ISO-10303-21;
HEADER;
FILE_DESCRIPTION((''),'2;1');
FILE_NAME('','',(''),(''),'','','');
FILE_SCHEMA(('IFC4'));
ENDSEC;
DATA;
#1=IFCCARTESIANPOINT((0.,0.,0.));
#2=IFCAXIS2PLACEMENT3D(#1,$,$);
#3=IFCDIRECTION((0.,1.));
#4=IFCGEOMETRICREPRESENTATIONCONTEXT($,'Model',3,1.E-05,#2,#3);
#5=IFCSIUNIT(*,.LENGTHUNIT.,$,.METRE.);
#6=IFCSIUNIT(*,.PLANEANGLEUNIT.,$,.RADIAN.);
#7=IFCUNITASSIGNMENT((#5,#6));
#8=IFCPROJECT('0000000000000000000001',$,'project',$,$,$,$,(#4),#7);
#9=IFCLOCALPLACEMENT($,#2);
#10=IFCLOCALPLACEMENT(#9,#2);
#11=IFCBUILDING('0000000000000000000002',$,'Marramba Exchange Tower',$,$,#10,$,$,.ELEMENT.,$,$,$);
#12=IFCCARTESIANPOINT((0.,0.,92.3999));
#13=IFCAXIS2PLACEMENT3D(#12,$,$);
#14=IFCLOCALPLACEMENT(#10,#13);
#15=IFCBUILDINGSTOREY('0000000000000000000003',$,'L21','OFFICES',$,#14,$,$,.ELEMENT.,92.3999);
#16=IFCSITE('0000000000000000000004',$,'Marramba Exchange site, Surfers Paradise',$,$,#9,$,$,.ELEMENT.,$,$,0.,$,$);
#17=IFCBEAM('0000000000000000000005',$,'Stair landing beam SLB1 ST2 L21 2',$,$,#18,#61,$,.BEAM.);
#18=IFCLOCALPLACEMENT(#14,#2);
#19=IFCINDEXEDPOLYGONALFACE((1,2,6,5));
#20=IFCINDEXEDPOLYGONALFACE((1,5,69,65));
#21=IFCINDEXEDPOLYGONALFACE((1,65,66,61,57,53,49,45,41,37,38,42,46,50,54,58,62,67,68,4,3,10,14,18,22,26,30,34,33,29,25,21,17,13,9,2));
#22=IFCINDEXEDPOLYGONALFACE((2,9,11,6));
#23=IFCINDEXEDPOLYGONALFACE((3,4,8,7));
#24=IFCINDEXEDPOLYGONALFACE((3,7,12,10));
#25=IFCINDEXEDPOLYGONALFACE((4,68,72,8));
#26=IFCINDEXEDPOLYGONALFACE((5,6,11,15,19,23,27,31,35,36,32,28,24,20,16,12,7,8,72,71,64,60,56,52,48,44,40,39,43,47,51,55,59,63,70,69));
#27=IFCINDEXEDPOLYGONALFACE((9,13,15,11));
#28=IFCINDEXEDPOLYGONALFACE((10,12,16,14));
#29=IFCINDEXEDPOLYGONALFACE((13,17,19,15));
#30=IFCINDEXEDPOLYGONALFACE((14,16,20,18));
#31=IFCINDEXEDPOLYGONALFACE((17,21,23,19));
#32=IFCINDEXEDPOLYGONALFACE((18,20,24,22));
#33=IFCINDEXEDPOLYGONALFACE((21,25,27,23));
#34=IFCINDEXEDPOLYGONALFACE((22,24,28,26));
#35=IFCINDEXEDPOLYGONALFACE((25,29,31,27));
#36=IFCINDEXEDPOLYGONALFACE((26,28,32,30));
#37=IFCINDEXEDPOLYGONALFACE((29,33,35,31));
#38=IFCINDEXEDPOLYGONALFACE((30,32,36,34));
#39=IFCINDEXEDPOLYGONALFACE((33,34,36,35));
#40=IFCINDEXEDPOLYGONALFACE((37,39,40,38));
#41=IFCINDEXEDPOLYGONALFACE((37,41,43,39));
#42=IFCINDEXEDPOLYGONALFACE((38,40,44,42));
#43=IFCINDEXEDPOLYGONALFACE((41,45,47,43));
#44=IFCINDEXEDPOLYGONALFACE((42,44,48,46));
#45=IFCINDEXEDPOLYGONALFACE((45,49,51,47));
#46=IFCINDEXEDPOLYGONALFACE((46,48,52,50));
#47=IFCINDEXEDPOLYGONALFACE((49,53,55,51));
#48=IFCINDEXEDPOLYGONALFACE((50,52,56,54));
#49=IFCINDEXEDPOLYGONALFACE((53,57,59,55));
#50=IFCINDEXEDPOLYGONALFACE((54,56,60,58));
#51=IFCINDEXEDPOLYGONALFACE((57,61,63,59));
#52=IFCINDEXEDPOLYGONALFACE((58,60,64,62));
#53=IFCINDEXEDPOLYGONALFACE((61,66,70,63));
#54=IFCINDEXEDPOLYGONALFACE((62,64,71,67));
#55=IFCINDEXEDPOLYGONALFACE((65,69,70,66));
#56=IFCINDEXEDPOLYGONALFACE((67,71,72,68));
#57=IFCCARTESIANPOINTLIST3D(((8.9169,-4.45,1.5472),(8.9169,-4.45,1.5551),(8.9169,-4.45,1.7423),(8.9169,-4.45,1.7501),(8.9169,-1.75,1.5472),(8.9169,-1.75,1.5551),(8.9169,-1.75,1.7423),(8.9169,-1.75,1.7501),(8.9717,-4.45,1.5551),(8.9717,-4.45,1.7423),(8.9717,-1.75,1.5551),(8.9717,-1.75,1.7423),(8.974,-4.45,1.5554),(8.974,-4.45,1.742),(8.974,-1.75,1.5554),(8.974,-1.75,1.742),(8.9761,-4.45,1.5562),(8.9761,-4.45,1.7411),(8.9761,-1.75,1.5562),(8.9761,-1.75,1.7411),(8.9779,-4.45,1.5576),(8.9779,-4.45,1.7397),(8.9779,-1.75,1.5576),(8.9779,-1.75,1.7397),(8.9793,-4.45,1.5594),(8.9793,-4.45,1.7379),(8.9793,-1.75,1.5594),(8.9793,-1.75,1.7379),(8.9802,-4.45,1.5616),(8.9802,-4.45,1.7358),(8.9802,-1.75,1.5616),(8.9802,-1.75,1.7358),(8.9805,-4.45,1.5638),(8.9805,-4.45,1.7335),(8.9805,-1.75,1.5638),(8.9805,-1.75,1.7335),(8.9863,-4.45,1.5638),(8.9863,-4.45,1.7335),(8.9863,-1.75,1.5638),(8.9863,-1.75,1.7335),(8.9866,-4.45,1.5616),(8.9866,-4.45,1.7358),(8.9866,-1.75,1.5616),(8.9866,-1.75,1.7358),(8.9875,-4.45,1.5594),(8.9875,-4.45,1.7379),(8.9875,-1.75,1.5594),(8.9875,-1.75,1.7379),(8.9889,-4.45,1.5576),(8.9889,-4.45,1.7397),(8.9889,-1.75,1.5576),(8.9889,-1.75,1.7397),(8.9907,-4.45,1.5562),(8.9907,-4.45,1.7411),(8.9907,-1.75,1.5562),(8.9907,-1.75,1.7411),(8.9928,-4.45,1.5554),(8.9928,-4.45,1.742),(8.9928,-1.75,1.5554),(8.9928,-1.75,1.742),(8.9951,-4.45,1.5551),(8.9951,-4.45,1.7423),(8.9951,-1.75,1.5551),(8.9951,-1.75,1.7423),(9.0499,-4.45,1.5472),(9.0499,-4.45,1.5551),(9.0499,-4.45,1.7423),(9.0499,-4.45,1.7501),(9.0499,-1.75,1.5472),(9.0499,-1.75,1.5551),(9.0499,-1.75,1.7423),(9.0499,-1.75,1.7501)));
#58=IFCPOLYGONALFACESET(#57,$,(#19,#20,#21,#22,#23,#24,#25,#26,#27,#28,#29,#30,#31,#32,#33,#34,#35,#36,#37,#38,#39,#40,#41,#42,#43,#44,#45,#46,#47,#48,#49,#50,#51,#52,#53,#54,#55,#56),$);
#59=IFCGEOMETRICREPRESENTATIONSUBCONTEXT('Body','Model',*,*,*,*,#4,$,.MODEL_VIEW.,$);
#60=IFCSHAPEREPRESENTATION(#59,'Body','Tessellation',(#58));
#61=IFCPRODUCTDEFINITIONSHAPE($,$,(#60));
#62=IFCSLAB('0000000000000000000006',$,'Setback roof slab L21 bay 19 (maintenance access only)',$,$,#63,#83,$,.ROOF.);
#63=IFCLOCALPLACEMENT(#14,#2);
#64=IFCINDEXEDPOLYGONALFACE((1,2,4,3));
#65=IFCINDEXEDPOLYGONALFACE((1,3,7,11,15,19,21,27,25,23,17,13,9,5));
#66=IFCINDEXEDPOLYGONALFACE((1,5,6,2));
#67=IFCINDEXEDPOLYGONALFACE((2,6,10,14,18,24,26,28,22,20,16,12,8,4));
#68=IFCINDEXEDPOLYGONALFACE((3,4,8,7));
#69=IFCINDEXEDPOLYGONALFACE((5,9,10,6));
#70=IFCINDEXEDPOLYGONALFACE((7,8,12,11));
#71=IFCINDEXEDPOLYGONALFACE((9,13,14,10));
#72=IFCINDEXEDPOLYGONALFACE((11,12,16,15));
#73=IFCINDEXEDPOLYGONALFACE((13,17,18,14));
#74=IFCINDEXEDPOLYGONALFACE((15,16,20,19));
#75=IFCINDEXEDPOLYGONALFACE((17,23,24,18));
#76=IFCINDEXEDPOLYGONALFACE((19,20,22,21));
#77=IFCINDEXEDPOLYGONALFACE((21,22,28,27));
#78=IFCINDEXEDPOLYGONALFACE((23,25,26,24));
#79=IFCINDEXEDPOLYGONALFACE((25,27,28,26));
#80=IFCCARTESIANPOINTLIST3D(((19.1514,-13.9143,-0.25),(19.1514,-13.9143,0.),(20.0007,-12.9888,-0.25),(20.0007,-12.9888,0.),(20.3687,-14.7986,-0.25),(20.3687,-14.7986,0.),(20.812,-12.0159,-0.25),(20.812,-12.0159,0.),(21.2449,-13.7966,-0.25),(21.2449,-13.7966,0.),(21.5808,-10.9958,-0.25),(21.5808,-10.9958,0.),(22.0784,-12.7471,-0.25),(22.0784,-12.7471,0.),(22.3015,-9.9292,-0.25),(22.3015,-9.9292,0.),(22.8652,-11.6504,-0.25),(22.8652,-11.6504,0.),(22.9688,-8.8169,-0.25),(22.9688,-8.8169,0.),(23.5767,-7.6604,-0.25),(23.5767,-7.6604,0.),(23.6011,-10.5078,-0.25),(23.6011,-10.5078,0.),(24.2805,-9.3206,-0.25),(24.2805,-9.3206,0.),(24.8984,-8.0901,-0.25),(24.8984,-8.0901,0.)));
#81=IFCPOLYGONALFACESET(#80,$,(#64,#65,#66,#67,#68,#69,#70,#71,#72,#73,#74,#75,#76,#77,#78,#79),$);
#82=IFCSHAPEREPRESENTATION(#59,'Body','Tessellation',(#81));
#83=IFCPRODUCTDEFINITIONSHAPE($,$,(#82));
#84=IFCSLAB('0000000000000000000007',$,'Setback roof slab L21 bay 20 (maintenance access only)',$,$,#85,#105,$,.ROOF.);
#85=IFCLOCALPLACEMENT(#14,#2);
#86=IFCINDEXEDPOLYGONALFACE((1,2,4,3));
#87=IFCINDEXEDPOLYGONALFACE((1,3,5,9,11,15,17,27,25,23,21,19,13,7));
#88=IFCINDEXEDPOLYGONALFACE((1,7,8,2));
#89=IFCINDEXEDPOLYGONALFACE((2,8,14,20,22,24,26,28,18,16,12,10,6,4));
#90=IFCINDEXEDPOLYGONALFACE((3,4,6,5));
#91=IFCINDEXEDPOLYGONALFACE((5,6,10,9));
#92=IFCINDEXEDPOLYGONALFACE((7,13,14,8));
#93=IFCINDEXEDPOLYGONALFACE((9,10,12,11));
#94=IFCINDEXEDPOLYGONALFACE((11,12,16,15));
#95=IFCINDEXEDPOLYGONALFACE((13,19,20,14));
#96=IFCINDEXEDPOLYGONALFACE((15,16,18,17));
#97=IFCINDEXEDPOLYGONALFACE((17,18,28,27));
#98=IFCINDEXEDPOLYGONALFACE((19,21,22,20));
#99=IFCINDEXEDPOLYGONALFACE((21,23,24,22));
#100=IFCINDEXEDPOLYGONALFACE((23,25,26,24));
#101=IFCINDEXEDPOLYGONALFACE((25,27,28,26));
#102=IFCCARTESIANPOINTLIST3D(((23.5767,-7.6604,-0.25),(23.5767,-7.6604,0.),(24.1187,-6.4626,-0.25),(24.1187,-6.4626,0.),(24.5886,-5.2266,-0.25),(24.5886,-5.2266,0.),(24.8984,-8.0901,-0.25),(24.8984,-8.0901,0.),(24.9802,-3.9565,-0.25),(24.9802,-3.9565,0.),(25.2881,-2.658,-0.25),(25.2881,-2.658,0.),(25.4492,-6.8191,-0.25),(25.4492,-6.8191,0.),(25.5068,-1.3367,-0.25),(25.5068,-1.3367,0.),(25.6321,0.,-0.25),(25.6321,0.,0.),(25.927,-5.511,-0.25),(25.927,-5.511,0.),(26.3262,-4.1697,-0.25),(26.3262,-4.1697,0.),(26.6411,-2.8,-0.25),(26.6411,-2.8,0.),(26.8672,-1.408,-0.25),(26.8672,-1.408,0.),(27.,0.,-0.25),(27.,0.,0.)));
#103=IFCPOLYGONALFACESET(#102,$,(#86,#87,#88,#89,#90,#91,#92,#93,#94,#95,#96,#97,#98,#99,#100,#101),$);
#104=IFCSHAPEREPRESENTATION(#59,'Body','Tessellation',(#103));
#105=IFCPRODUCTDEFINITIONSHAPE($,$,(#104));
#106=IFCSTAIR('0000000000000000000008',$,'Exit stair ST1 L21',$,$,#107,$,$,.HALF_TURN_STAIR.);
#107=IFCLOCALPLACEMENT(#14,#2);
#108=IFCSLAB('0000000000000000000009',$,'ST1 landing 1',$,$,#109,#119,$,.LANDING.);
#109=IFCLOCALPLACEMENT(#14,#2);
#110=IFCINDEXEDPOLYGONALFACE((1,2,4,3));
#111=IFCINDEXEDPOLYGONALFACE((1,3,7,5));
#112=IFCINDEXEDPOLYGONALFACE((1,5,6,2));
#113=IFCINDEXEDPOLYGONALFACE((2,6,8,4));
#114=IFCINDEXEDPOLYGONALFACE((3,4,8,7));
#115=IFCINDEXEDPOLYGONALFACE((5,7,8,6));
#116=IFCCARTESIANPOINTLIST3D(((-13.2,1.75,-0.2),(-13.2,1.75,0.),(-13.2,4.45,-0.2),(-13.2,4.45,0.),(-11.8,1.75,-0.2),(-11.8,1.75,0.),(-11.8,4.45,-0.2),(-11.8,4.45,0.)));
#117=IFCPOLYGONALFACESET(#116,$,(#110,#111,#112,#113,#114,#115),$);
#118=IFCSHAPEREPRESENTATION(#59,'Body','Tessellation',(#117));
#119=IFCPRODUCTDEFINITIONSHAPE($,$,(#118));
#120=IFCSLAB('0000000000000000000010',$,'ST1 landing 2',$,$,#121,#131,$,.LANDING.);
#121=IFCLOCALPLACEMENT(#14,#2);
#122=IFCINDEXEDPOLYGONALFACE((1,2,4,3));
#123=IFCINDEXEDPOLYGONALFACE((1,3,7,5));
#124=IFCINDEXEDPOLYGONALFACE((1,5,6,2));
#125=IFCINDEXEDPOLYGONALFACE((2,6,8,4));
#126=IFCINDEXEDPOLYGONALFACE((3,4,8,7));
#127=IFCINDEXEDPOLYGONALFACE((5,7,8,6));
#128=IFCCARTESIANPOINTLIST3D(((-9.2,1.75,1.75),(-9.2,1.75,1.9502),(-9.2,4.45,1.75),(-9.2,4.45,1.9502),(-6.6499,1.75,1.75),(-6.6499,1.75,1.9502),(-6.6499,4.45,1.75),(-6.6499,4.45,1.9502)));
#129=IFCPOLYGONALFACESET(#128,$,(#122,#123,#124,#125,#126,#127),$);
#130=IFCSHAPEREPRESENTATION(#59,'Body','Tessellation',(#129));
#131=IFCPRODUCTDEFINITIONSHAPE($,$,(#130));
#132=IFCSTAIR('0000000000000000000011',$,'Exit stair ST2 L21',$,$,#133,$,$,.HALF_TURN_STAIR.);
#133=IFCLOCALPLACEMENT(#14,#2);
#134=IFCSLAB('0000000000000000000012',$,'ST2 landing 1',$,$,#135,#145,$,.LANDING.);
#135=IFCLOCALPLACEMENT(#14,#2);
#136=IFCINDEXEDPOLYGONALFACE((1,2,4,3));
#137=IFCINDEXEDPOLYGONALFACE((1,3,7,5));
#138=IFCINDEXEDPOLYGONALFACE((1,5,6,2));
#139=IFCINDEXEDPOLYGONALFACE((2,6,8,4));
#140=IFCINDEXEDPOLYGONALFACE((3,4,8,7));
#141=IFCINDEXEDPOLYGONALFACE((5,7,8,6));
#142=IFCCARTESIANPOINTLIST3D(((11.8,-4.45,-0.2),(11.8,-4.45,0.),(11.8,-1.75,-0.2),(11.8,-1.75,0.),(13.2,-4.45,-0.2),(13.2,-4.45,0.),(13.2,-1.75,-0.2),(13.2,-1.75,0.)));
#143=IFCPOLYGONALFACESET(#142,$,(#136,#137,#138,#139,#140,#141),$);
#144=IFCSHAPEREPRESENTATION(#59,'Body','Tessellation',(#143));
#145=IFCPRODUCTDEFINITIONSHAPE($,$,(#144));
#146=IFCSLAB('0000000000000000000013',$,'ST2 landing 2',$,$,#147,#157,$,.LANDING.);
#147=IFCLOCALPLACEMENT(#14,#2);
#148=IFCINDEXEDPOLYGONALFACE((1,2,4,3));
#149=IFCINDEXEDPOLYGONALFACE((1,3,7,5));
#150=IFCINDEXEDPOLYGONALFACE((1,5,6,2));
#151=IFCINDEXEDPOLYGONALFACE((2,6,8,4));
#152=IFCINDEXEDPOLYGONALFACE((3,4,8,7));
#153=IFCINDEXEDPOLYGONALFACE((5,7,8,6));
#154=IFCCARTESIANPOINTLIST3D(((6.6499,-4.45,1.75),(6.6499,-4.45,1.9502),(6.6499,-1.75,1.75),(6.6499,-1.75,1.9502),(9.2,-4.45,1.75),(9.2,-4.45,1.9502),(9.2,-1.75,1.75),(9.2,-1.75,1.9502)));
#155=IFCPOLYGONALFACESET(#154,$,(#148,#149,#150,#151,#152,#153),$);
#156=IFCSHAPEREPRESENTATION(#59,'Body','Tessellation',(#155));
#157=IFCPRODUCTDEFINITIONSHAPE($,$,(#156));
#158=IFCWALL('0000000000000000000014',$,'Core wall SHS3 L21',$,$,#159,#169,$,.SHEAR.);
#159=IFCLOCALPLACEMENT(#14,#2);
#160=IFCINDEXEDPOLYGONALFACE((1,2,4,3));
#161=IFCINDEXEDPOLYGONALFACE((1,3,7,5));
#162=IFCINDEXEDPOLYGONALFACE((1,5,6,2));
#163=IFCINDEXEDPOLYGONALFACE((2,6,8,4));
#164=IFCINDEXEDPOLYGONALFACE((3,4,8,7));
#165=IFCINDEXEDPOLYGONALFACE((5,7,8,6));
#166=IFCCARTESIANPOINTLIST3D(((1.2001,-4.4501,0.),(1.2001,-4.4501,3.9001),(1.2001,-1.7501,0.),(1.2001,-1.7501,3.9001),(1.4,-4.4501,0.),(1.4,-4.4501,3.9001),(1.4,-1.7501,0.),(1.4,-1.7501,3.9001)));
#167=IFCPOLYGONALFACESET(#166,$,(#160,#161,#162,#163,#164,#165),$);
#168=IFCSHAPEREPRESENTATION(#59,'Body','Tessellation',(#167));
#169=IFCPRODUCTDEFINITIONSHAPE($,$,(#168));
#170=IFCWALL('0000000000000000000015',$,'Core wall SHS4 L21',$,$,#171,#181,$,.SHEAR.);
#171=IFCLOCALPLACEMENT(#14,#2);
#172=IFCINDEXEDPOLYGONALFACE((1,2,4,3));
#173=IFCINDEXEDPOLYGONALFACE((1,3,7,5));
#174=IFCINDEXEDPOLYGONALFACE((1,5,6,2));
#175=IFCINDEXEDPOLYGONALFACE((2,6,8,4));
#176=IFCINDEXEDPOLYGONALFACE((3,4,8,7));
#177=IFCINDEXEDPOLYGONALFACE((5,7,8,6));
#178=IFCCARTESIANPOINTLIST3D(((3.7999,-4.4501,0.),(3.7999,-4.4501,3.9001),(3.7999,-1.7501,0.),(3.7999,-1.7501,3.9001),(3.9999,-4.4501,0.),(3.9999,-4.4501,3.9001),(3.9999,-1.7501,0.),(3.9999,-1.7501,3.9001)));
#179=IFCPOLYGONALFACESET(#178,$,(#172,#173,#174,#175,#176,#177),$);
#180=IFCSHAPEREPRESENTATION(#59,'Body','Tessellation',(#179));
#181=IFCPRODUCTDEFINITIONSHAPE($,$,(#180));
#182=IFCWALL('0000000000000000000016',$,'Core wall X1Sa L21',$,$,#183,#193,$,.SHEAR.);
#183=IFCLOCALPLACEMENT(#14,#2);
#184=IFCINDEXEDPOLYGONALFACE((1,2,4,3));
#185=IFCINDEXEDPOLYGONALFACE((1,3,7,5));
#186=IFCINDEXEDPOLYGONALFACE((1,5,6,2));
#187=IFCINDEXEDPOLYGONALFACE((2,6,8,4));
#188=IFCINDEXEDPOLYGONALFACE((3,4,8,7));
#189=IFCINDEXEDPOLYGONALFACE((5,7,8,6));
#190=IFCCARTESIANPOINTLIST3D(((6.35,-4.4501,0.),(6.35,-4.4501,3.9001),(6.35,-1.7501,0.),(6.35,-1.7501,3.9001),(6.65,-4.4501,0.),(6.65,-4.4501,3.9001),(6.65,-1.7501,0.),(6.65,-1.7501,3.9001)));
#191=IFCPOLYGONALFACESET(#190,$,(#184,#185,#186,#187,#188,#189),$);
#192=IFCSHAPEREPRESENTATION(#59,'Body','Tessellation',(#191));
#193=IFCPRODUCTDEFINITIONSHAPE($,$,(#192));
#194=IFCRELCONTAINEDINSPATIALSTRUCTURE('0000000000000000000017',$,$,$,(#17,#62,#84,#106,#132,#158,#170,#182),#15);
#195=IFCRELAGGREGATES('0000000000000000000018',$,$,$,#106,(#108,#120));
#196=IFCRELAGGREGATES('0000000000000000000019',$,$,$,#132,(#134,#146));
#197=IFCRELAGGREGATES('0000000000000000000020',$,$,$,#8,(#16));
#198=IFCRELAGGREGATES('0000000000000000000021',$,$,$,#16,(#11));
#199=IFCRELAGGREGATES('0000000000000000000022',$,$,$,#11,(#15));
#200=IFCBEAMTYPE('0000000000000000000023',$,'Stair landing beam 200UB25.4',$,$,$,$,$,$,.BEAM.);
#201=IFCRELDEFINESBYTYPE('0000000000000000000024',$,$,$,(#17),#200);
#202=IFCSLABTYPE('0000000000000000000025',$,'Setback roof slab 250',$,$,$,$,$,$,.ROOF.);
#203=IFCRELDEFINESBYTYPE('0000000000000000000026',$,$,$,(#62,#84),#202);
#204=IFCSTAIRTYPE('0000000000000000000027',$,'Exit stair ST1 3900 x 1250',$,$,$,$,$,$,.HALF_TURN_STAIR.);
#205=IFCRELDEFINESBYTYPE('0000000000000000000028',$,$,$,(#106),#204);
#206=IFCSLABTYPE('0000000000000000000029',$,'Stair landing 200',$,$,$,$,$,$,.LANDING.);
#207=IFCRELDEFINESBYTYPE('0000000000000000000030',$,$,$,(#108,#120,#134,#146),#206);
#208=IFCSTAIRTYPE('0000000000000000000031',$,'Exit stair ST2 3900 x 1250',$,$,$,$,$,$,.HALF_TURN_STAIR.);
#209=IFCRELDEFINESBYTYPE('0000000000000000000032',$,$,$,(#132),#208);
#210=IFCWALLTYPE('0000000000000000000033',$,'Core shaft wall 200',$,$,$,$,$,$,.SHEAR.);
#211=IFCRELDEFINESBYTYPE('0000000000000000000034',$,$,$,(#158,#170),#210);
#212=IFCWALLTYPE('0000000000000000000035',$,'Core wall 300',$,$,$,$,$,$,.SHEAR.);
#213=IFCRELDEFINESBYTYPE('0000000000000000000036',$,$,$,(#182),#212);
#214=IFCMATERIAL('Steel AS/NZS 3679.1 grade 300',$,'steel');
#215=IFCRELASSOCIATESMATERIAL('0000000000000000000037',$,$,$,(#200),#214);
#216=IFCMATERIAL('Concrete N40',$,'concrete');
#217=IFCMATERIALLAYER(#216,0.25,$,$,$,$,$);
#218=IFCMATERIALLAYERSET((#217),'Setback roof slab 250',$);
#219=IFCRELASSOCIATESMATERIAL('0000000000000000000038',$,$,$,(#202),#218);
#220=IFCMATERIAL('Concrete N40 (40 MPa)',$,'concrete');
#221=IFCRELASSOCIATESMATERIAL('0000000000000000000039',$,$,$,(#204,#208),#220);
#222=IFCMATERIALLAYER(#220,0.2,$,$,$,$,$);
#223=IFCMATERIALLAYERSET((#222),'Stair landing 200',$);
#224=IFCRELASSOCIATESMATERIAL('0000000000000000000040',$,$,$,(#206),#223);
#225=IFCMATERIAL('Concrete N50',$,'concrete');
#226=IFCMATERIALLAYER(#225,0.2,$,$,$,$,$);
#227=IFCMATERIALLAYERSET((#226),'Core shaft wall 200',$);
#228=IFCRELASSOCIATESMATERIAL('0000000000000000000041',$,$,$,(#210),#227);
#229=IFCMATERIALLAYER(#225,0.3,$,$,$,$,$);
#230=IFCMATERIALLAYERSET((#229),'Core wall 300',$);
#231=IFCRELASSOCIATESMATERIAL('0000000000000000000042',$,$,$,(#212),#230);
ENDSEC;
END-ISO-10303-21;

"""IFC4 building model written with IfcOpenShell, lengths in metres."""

from ifc_helpers import new_model, si_unit, direction, frame, frame_2d, origin, origin_2d, place, context, subcontext, project, spatial, polyline, rectangle, i_section, outline, extrude, material, layer, layer_set, material_profile, profile_set, type_object, element, aggregate, save


model = new_model("IFC4")

# Units and contexts
model_context = context("Model", 3, precision=1e-05, world=origin(), true_north=direction((0.0, 1.0)))
body_context = subcontext(model_context, "Body", "Model", "MODEL_VIEW")
ifc_project = project(units=[si_unit("LENGTHUNIT", "METRE"), si_unit("PLANEANGLEUNIT", "RADIAN")], contexts=[model_context])

# Site, building, storey
site_placement = place(None, origin())
site = spatial("IfcSite", under=ifc_project, at=site_placement, Name="Marramba Exchange site, Surfers Paradise", CompositionType="ELEMENT", RefElevation=0.0)
building_placement = place(site_placement, origin())
building = spatial("IfcBuilding", under=site, at=building_placement, Name="Marramba Exchange Tower", CompositionType="ELEMENT")
storey_placement = place(building_placement, frame((0.0, 0.0, 92.3999)))
storey = spatial("IfcBuildingStorey", under=building, at=storey_placement, Name="L21", Description="OFFICES", CompositionType="ELEMENT", Elevation=92.3999)

# Beam
ifc_material_1 = material(Name="Steel AS/NZS 3679.1 grade 300", Category="steel")
ifc_material_profile_1 = material_profile(ifc_material_1, i_section(OverallWidth=0.1331, OverallDepth=0.2029, WebThickness=0.0059, FlangeThickness=0.0078, FilletRadius=0.0088, at=origin_2d()), Name="200UB25.4")
ifc_profile_set_1 = profile_set([ifc_material_profile_1], Name="Steel AS/NZS 3679.1 grade 300")
beam_type_1 = type_object("IfcBeamType", Name="Stair landing beam 200UB25.4", PredefinedType="BEAM", material=ifc_profile_set_1)
for number, where, z_axis, x_axis, name in (
    (1, (8.9834, -4.45, 1.6487), (0.0, 1.0, 0.0), (-1.0, 0.0, 0.0), "Stair landing beam SLB1 ST2 L21 2"),
):
    element("IfcBeam", number, at=place(storey_placement, frame(where, z_axis=z_axis, x_axis=x_axis)), inside=storey, type_object=beam_type_1, Name=name, PredefinedType="BEAM", context=body_context, shape_type="SweptSolid", body=[
        extrude(i_section(OverallWidth=0.1331, OverallDepth=0.2029, WebThickness=0.0059, FlangeThickness=0.0078, FilletRadius=0.0088, at=origin_2d()), origin(), (0.0, 0.0, 1.0), 2.7),
    ])

# Slabs
ifc_material_2 = material(Name="Concrete N40", Category="concrete")
ifc_layer_1 = layer(ifc_material_2, 0.25)
ifc_layer_set_1 = layer_set([ifc_layer_1], Name="Setback roof slab 250")
slab_type_1 = type_object("IfcSlabType", Name="Setback roof slab 250", PredefinedType="ROOF", material=ifc_layer_set_1)
slab_1_placement = place(storey_placement, frame((0.0, 0.0, -0.25)))
element("IfcSlab", 2, at=slab_1_placement, inside=storey, type_object=slab_type_1, Name="Setback roof slab L21 bay 19 (maintenance access only)", PredefinedType="ROOF", context=body_context, shape_type="SweptSolid", body=[
    extrude(outline(polyline([(24.8984, -8.0901), (24.2805, -9.3206), (23.6011, -10.5078), (22.8652, -11.6504), (22.0784, -12.7471), (21.2449, -13.7966), (20.3687, -14.7986), (19.1514, -13.9143), (20.0007, -12.9888), (20.812, -12.0159), (21.5808, -10.9958), (22.3015, -9.9292), (22.9688, -8.8169), (23.5767, -7.6604), (24.8984, -8.0901)])), origin(), (0.0, 0.0, 1.0), 0.25),
])
slab_2_placement = place(storey_placement, frame((0.0, 0.0, -0.25)))
element("IfcSlab", 3, at=slab_2_placement, inside=storey, type_object=slab_type_1, Name="Setback roof slab L21 bay 20 (maintenance access only)", PredefinedType="ROOF", context=body_context, shape_type="SweptSolid", body=[
    extrude(outline(polyline([(26.8672, -1.408), (26.6411, -2.8), (26.3262, -4.1697), (25.927, -5.511), (25.4492, -6.8191), (24.8984, -8.0901), (23.5767, -7.6604), (24.1187, -6.4626), (24.5886, -5.2266), (24.9802, -3.9565), (25.2881, -2.658), (25.5068, -1.3367), (25.6321, 0.0), (27.0, 0.0), (26.8672, -1.408)])), origin(), (0.0, 0.0, 1.0), 0.25),
])

# Stairs, slabs
ifc_material_3 = material(Name="Concrete N40 (40 MPa)", Category="concrete")
stair_type_1 = type_object("IfcStairType", Name="Exit stair ST1 3900 x 1250", PredefinedType="HALF_TURN_STAIR", material=ifc_material_3)
stair_1_placement = place(storey_placement, origin())
stair_1 = element("IfcStair", 4, at=stair_1_placement, inside=storey, type_object=stair_type_1, Name="Exit stair ST1 L21", PredefinedType="HALF_TURN_STAIR")
ifc_layer_2 = layer(ifc_material_3, 0.2)
ifc_layer_set_2 = layer_set([ifc_layer_2], Name="Stair landing 200")
slab_type_2 = type_object("IfcSlabType", Name="Stair landing 200", PredefinedType="LANDING", material=ifc_layer_set_2)
slab_3_placement = place(storey_placement, frame((0.0, 0.0, -0.2)))
slab_3 = element("IfcSlab", 5, at=slab_3_placement, type_object=slab_type_2, Name="ST1 landing 1", PredefinedType="LANDING", context=body_context, shape_type="SweptSolid", body=[
    extrude(outline(polyline([(-13.2, 1.75), (-11.8, 1.75), (-11.8, 4.45), (-13.2, 4.45), (-13.2, 1.75)])), origin(), (0.0, 0.0, 1.0), 0.2),
])
slab_4_placement = place(storey_placement, frame((0.0, 0.0, 1.75)))
slab_4 = element("IfcSlab", 6, at=slab_4_placement, type_object=slab_type_2, Name="ST1 landing 2", PredefinedType="LANDING", context=body_context, shape_type="SweptSolid", body=[
    extrude(outline(polyline([(-9.2, 1.75), (-6.6499, 1.75), (-6.6499, 4.45), (-9.2, 4.45), (-9.2, 1.75)])), origin(), (0.0, 0.0, 1.0), 0.2002),
])
aggregate(stair_1, [slab_3, slab_4])
stair_type_2 = type_object("IfcStairType", Name="Exit stair ST2 3900 x 1250", PredefinedType="HALF_TURN_STAIR", material=ifc_material_3)
stair_2_placement = place(storey_placement, origin())
stair_2 = element("IfcStair", 7, at=stair_2_placement, inside=storey, type_object=stair_type_2, Name="Exit stair ST2 L21", PredefinedType="HALF_TURN_STAIR")
slab_5_placement = place(storey_placement, frame((0.0, 0.0, -0.2)))
slab_5 = element("IfcSlab", 8, at=slab_5_placement, type_object=slab_type_2, Name="ST2 landing 1", PredefinedType="LANDING", context=body_context, shape_type="SweptSolid", body=[
    extrude(outline(polyline([(11.8, -4.45), (13.2, -4.45), (13.2, -1.75), (11.8, -1.75), (11.8, -4.45)])), origin(), (0.0, 0.0, 1.0), 0.2),
])
slab_6_placement = place(storey_placement, frame((0.0, 0.0, 1.75)))
slab_6 = element("IfcSlab", 9, at=slab_6_placement, type_object=slab_type_2, Name="ST2 landing 2", PredefinedType="LANDING", context=body_context, shape_type="SweptSolid", body=[
    extrude(outline(polyline([(6.6499, -4.45), (9.2, -4.45), (9.2, -1.75), (6.6499, -1.75), (6.6499, -4.45)])), origin(), (0.0, 0.0, 1.0), 0.2002),
])

# Walls
ifc_material_4 = material(Name="Concrete N50", Category="concrete")
ifc_layer_3 = layer(ifc_material_4, 0.2)
ifc_layer_set_3 = layer_set([ifc_layer_3], Name="Core shaft wall 200")
wall_type_1 = type_object("IfcWallType", Name="Core shaft wall 200", PredefinedType="SHEAR", material=ifc_layer_set_3)
for number, where, z_axis, x_axis, name in (
    (10, (1.3, -1.75, 0.0), (0.0, 0.0, 1.0), (0.0, -1.0, 0.0), "Core wall SHS3 L21"),
    (11, (3.8999, -1.75, 0.0), (0.0, 0.0, 1.0), (0.0, -1.0, 0.0), "Core wall SHS4 L21"),
):
    element("IfcWall", number, at=place(storey_placement, frame(where, z_axis=z_axis, x_axis=x_axis)), inside=storey, type_object=wall_type_1, Name=name, PredefinedType="SHEAR", context=body_context, shape_type="SweptSolid", body=[
        extrude(rectangle(XDim=2.7, YDim=0.2, at=frame_2d((1.3501, 0.0))), origin(), (0.0, 0.0, 1.0), 3.9001),
    ])
ifc_layer_4 = layer(ifc_material_4, 0.3)
ifc_layer_set_4 = layer_set([ifc_layer_4], Name="Core wall 300")
wall_type_2 = type_object("IfcWallType", Name="Core wall 300", PredefinedType="SHEAR", material=ifc_layer_set_4)
wall_1_placement = place(storey_placement, frame((6.5, -1.75, 0.0), z_axis=(0.0, 0.0, 1.0), x_axis=(0.0, -1.0, 0.0)))
element("IfcWall", 12, at=wall_1_placement, inside=storey, type_object=wall_type_2, Name="Core wall X1Sa L21", PredefinedType="SHEAR", context=body_context, shape_type="SweptSolid", body=[
    extrude(rectangle(XDim=2.7, YDim=0.3, at=frame_2d((1.3501, 0.0))), origin(), (0.0, 0.0, 1.0), 3.9001),
])

aggregate(stair_2, [slab_5, slab_6])

save(model, "model.ifc")
